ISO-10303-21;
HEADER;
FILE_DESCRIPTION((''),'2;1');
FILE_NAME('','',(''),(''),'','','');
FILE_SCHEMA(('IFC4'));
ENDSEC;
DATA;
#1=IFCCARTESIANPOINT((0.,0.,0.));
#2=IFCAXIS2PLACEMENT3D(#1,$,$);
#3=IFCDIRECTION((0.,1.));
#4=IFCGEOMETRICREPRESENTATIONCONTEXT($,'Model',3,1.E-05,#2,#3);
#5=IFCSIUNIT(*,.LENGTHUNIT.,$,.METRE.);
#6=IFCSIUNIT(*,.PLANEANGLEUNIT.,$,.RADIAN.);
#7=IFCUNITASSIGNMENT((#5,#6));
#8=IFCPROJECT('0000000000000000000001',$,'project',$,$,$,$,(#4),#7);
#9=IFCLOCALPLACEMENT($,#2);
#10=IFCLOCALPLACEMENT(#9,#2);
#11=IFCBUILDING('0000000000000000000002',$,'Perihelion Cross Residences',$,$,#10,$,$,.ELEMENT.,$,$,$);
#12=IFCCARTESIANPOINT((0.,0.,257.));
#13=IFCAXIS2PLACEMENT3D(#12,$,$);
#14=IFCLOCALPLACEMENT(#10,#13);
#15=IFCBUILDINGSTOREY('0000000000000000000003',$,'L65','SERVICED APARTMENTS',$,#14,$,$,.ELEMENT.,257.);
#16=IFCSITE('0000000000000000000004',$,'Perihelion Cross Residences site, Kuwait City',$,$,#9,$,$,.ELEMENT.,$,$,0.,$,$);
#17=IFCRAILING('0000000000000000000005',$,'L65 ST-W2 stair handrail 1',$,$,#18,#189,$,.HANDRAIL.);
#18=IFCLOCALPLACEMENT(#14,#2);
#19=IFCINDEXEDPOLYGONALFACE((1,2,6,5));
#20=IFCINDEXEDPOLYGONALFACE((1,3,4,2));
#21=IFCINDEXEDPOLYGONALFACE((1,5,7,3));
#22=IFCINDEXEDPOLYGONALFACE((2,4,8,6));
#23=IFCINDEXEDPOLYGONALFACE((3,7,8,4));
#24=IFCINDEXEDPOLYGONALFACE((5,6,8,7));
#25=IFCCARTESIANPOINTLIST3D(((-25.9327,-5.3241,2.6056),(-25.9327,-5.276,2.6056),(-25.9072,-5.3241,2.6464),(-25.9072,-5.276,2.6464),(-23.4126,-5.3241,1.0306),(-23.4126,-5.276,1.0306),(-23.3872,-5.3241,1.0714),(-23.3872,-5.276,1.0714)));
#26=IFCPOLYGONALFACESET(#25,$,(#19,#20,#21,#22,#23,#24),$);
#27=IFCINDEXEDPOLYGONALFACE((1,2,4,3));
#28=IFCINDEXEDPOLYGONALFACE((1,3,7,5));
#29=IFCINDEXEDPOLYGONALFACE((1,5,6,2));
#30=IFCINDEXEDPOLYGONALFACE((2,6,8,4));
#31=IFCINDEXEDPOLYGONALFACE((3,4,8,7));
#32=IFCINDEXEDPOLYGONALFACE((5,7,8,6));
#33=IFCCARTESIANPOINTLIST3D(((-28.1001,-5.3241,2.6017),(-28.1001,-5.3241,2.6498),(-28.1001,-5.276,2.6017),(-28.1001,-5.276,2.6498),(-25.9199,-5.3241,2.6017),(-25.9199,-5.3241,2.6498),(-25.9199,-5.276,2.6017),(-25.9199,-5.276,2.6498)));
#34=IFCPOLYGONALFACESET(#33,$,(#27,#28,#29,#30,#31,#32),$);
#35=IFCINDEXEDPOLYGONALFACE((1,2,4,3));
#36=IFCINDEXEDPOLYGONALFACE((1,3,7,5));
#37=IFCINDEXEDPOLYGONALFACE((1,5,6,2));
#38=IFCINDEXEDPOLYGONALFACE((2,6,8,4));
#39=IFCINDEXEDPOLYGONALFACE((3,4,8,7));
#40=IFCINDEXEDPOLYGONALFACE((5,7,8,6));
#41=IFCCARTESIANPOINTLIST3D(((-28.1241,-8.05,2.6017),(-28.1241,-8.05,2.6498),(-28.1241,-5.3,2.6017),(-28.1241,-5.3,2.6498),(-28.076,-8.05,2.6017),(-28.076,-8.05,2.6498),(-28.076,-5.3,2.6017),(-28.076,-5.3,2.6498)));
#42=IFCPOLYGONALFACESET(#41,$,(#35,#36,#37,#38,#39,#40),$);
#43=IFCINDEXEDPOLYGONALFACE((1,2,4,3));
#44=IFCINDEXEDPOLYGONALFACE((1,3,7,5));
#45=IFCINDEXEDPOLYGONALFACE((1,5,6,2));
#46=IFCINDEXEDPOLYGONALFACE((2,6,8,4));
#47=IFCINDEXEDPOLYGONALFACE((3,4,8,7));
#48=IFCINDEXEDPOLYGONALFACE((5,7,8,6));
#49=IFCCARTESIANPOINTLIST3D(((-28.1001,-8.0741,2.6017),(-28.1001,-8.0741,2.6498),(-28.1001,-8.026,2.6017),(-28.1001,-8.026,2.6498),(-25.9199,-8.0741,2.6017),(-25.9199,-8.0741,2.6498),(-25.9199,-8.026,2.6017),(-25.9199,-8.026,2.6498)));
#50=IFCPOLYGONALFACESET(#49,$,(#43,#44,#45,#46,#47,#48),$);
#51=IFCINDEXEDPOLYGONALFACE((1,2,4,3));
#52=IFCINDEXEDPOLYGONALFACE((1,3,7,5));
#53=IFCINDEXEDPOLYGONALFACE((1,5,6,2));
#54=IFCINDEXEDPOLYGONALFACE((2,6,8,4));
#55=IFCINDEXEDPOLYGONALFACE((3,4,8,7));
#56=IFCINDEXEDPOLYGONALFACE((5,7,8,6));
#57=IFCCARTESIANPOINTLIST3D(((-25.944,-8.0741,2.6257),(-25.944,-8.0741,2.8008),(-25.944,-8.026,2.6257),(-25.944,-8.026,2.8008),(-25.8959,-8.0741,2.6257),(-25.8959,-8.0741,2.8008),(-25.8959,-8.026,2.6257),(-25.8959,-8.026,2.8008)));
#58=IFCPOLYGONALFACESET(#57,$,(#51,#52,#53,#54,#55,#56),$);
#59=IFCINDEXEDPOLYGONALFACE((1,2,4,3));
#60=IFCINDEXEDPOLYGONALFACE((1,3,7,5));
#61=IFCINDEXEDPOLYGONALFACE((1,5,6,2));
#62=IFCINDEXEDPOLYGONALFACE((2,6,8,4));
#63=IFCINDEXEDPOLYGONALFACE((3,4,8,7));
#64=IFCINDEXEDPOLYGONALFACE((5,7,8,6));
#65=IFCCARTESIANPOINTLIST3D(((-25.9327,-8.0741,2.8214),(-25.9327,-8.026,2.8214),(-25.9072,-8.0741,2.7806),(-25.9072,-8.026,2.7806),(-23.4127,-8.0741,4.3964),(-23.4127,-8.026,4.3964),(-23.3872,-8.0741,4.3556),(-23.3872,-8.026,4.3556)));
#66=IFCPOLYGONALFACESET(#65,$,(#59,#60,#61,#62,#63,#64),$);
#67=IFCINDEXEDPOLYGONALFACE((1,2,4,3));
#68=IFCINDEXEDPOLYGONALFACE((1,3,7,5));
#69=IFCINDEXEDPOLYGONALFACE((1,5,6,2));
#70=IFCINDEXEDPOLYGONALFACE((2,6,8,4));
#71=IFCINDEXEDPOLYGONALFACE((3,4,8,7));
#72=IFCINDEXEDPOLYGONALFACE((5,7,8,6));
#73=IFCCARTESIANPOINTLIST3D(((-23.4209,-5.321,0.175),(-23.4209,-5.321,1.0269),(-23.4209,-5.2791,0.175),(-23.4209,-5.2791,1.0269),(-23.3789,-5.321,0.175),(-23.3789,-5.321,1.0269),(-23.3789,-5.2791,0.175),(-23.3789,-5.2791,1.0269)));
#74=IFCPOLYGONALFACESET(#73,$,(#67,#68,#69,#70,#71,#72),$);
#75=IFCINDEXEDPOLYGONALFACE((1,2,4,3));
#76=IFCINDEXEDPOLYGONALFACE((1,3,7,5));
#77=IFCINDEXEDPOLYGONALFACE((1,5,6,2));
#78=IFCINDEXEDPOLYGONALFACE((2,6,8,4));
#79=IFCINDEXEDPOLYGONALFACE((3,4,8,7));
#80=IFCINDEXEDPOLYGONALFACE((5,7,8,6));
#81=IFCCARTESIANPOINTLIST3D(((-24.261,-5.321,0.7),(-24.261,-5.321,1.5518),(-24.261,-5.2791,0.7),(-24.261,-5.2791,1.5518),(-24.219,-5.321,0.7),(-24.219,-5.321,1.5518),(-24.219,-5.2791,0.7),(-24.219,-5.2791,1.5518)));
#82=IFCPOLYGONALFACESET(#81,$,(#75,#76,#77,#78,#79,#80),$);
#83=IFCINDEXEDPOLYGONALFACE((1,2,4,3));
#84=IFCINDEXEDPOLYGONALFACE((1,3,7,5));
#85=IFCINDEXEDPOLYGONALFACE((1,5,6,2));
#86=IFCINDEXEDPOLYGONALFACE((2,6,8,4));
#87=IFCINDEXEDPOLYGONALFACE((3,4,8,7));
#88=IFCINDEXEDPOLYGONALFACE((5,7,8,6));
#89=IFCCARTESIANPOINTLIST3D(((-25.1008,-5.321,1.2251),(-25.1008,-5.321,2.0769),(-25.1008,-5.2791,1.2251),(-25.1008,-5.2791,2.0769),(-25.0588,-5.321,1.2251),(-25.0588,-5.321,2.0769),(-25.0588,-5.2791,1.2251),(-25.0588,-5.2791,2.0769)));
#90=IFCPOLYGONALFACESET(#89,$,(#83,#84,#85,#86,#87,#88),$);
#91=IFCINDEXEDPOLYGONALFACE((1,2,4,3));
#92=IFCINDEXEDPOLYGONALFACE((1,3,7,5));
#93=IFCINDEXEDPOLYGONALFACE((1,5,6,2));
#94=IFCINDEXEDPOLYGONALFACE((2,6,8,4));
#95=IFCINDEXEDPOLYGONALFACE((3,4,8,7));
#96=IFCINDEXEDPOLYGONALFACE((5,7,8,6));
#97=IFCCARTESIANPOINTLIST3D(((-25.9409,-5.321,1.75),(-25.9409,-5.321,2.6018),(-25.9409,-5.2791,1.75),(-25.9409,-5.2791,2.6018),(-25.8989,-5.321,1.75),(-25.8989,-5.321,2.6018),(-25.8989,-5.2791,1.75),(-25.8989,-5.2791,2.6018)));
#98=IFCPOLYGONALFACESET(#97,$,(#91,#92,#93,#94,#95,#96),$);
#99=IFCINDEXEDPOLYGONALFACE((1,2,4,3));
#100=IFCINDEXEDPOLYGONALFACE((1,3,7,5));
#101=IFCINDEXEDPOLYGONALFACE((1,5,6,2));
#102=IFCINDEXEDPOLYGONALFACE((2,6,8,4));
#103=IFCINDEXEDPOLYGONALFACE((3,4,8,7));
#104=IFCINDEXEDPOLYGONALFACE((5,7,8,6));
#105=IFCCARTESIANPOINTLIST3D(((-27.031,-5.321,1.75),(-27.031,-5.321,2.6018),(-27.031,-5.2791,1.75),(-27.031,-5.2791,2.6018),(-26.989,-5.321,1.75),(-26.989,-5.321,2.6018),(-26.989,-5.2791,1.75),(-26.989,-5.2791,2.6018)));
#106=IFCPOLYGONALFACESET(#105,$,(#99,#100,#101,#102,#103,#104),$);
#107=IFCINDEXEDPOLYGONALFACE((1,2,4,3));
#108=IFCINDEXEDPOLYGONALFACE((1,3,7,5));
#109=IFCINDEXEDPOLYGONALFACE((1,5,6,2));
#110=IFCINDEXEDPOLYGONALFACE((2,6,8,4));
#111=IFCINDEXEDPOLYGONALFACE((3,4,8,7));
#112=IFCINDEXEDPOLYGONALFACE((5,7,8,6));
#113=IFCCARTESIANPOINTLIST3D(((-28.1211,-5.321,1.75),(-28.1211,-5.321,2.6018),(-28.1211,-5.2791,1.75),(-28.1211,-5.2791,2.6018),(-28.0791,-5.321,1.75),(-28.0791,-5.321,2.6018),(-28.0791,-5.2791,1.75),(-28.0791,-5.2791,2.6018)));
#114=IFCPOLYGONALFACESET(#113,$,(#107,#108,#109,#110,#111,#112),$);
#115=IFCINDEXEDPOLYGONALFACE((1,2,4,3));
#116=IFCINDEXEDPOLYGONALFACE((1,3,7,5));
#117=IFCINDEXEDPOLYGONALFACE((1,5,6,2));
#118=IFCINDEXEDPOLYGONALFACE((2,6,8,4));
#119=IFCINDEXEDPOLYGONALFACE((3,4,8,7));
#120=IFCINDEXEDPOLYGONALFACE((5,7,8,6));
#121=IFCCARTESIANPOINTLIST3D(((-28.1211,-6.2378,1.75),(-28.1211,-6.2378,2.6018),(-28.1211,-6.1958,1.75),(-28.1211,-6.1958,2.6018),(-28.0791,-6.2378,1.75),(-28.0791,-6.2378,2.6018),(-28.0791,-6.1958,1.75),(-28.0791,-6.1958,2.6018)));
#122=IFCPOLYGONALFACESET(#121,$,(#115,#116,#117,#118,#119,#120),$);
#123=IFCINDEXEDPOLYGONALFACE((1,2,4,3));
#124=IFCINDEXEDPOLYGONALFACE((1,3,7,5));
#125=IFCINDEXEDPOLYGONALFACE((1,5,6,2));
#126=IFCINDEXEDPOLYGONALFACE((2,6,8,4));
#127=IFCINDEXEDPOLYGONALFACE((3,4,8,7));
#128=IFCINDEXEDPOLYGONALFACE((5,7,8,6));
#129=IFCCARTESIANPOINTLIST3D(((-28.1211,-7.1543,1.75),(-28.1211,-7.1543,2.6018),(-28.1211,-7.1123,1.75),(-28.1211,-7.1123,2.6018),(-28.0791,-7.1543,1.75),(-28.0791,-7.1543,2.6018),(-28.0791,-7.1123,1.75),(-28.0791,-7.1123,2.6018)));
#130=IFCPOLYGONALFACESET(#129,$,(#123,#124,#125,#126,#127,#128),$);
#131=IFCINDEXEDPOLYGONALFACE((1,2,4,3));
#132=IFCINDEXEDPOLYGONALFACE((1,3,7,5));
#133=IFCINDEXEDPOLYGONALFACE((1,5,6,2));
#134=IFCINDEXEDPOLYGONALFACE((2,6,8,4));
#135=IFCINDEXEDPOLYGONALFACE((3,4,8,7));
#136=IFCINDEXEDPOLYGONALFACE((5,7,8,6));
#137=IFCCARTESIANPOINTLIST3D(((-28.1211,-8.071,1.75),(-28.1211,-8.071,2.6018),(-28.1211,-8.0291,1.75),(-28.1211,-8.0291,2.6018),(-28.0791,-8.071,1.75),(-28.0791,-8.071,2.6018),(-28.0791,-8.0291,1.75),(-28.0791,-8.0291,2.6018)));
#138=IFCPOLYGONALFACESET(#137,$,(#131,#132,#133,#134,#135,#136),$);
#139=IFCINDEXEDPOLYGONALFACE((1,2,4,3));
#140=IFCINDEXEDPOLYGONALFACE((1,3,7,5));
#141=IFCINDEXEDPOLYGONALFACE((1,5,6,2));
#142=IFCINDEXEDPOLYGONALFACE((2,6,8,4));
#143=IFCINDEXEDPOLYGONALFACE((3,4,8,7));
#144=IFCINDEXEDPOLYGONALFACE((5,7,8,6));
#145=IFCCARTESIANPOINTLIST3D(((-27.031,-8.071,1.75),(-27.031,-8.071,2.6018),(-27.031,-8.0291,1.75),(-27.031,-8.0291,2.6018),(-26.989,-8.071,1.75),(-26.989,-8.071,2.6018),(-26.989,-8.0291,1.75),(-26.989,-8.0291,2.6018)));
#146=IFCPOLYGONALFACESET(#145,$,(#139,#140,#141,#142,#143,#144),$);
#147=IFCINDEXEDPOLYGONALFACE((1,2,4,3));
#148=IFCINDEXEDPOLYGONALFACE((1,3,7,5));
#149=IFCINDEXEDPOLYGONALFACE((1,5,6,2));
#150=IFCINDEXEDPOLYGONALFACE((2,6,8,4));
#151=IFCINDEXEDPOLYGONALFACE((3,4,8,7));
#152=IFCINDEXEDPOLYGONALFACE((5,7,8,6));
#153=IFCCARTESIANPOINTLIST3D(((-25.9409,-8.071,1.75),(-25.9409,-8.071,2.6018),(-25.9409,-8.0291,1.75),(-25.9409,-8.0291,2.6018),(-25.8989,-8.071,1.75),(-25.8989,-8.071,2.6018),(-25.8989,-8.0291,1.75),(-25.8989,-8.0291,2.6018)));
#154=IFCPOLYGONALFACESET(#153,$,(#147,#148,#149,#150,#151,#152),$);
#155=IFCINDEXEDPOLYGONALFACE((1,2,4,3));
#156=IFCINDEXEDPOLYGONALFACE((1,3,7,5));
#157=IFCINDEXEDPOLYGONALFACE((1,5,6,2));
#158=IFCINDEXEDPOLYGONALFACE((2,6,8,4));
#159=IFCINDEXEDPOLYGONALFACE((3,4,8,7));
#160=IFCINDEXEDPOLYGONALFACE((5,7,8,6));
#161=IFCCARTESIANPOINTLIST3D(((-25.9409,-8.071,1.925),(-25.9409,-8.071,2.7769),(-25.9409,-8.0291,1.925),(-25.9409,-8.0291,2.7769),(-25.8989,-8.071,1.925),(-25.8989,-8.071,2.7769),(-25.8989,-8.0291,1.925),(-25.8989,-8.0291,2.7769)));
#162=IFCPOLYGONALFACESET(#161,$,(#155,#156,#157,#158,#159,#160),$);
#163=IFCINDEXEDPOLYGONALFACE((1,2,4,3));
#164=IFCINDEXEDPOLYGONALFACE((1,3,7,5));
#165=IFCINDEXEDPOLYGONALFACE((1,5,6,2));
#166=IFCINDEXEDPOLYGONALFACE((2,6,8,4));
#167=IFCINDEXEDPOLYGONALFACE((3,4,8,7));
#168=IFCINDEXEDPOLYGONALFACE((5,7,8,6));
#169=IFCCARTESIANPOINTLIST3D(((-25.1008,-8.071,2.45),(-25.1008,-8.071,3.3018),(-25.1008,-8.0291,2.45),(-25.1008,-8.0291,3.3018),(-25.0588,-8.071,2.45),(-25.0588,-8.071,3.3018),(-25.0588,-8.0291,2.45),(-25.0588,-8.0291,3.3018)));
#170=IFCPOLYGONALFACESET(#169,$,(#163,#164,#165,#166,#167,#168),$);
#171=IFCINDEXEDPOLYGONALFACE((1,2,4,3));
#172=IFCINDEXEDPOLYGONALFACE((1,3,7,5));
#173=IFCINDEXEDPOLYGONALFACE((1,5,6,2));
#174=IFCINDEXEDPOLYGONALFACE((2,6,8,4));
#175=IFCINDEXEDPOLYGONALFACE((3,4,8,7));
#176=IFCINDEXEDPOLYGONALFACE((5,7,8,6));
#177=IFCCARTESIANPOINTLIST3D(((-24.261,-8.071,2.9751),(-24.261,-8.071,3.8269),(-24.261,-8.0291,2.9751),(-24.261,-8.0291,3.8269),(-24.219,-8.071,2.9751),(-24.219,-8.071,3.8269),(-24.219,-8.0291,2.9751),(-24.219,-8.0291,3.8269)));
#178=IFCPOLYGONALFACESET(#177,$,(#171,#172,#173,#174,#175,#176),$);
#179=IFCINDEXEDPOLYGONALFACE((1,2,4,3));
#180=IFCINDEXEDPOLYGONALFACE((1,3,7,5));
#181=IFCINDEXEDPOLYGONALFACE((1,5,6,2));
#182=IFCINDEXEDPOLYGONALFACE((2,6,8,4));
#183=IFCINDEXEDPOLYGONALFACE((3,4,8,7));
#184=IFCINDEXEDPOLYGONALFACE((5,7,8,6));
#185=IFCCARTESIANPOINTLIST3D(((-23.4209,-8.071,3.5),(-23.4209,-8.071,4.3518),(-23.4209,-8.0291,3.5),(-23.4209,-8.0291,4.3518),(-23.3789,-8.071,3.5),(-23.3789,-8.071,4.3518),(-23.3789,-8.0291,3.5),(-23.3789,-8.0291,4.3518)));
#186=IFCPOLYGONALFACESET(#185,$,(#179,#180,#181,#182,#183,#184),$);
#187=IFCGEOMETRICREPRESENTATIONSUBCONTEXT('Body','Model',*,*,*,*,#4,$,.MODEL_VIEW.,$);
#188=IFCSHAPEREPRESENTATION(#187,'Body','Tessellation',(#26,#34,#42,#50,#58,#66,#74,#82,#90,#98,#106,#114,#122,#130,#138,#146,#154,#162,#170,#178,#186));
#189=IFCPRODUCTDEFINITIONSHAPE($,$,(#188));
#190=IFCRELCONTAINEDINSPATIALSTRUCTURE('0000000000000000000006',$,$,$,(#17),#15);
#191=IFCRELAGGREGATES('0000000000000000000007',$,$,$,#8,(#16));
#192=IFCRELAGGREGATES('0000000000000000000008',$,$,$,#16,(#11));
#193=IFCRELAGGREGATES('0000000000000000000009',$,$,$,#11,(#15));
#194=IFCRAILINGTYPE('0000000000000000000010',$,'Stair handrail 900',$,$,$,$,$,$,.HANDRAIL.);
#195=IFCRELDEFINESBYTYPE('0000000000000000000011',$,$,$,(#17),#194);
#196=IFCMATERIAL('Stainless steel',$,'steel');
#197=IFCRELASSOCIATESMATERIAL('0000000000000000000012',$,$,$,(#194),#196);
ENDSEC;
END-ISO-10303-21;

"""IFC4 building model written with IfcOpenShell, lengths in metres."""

from ifc_helpers import new_model, si_unit, direction, frame, origin, origin_2d, place, context, subcontext, project, spatial, rectangle, extrude, material, type_object, element, save


model = new_model("IFC4")

# Units and contexts
model_context = context("Model", 3, precision=1e-05, world=origin(), true_north=direction((0.0, 1.0)))
body_context = subcontext(model_context, "Body", "Model", "MODEL_VIEW")
ifc_project = project(units=[si_unit("LENGTHUNIT", "METRE"), si_unit("PLANEANGLEUNIT", "RADIAN")], contexts=[model_context])

# Site, building, storey
site_placement = place(None, origin())
site = spatial("IfcSite", under=ifc_project, at=site_placement, Name="Perihelion Cross Residences site, Kuwait City", CompositionType="ELEMENT", RefElevation=0.0)
building_placement = place(site_placement, origin())
building = spatial("IfcBuilding", under=site, at=building_placement, Name="Perihelion Cross Residences", CompositionType="ELEMENT")
storey_placement = place(building_placement, frame((0.0, 0.0, 257.0)))
storey = spatial("IfcBuildingStorey", under=building, at=storey_placement, Name="L65", Description="SERVICED APARTMENTS", CompositionType="ELEMENT", Elevation=257.0)

# Railing
ifc_material_1 = material(Name="Stainless steel", Category="steel")
railing_type_1 = type_object("IfcRailingType", Name="Stair handrail 900", PredefinedType="HANDRAIL", material=ifc_material_1)
railing_1_placement = place(storey_placement, frame((-23.3999, -5.3, 0.175)))
element("IfcRailing", 1, at=railing_1_placement, inside=storey, type_object=railing_type_1, Name="L65 ST-W2 stair handrail 1", PredefinedType="HANDRAIL", context=body_context, shape_type="SweptSolid", body=[
    extrude(rectangle(XDim=0.0481, YDim=0.0481, at=origin_2d()), frame((0.0, 0.0, 0.876), z_axis=(-0.848008, 0.0, 0.529984), x_axis=(0.0, -1.0, 0.0)), (0.0, 0.0, 1.0), 2.9717),
    extrude(rectangle(XDim=0.0481, YDim=0.0481, at=origin_2d()), frame((-2.52, 0.0, 2.4507), z_axis=(-1.0, 0.0, 0.0), x_axis=(0.0, -1.0, 0.0)), (0.0, 0.0, 1.0), 2.1802),
    extrude(rectangle(XDim=0.0481, YDim=0.0481, at=origin_2d()), frame((-4.7002, 0.0, 2.4507), z_axis=(0.0, -1.0, 0.0), x_axis=(1.0, 0.0, 0.0)), (0.0, 0.0, 1.0), 2.75),
    extrude(rectangle(XDim=0.0481, YDim=0.0481, at=origin_2d()), frame((-4.7002, -2.75, 2.4507), z_axis=(1.0, 0.0, 0.0), x_axis=(0.0, 1.0, 0.0)), (0.0, 0.0, 1.0), 2.1802),
    extrude(rectangle(XDim=0.0481, YDim=0.0481, at=origin_2d()), frame((-2.52, -2.75, 2.4507), z_axis=(0.0, 0.0, 1.0), x_axis=(1.0, 0.0, 0.0)), (0.0, 0.0, 1.0), 0.175),
    extrude(rectangle(XDim=0.0481, YDim=0.0481, at=origin_2d()), frame((-2.52, -2.75, 2.626), z_axis=(0.848008, 0.0, 0.529984), x_axis=(0.0, 1.0, 0.0)), (0.0, 0.0, 1.0), 2.9717),
    extrude(rectangle(XDim=0.042, YDim=0.042, at=origin_2d()), origin(), (0.0, 0.0, 1.0), 0.8518),
    extrude(rectangle(XDim=0.042, YDim=0.042, at=origin_2d()), frame((-0.8401, 0.0, 0.5249)), (0.0, 0.0, 1.0), 0.8518),
    extrude(rectangle(XDim=0.042, YDim=0.042, at=origin_2d()), frame((-1.6799, 0.0, 1.05)), (0.0, 0.0, 1.0), 0.8518),
    extrude(rectangle(XDim=0.042, YDim=0.042, at=origin_2d()), frame((-2.52, 0.0, 1.575)), (0.0, 0.0, 1.0), 0.8518),
    extrude(rectangle(XDim=0.042, YDim=0.042, at=origin_2d()), frame((-3.6101, 0.0, 1.575)), (0.0, 0.0, 1.0), 0.8518),
    extrude(rectangle(XDim=0.042, YDim=0.042, at=origin_2d()), frame((-4.7002, 0.0, 1.575)), (0.0, 0.0, 1.0), 0.8518),
    extrude(rectangle(XDim=0.042, YDim=0.042, at=origin_2d()), frame((-4.7002, -0.9167, 1.575)), (0.0, 0.0, 1.0), 0.8518),
    extrude(rectangle(XDim=0.042, YDim=0.042, at=origin_2d()), frame((-4.7002, -1.8333, 1.575)), (0.0, 0.0, 1.0), 0.8518),
    extrude(rectangle(XDim=0.042, YDim=0.042, at=origin_2d()), frame((-4.7002, -2.75, 1.575)), (0.0, 0.0, 1.0), 0.8518),
    extrude(rectangle(XDim=0.042, YDim=0.042, at=origin_2d()), frame((-3.6101, -2.75, 1.575)), (0.0, 0.0, 1.0), 0.8518),
    extrude(rectangle(XDim=0.042, YDim=0.042, at=origin_2d()), frame((-2.52, -2.75, 1.575)), (0.0, 0.0, 1.0), 0.8518),
    extrude(rectangle(XDim=0.042, YDim=0.042, at=origin_2d()), frame((-2.52, -2.75, 1.75)), (0.0, 0.0, 1.0), 0.8518),
    extrude(rectangle(XDim=0.042, YDim=0.042, at=origin_2d()), frame((-1.6799, -2.75, 2.2749)), (0.0, 0.0, 1.0), 0.8518),
    extrude(rectangle(XDim=0.042, YDim=0.042, at=origin_2d()), frame((-0.8401, -2.75, 2.8)), (0.0, 0.0, 1.0), 0.8518),
    extrude(rectangle(XDim=0.042, YDim=0.042, at=origin_2d()), frame((0.0, -2.75, 3.325)), (0.0, 0.0, 1.0), 0.8518),
])

save(model, "model.ifc")
